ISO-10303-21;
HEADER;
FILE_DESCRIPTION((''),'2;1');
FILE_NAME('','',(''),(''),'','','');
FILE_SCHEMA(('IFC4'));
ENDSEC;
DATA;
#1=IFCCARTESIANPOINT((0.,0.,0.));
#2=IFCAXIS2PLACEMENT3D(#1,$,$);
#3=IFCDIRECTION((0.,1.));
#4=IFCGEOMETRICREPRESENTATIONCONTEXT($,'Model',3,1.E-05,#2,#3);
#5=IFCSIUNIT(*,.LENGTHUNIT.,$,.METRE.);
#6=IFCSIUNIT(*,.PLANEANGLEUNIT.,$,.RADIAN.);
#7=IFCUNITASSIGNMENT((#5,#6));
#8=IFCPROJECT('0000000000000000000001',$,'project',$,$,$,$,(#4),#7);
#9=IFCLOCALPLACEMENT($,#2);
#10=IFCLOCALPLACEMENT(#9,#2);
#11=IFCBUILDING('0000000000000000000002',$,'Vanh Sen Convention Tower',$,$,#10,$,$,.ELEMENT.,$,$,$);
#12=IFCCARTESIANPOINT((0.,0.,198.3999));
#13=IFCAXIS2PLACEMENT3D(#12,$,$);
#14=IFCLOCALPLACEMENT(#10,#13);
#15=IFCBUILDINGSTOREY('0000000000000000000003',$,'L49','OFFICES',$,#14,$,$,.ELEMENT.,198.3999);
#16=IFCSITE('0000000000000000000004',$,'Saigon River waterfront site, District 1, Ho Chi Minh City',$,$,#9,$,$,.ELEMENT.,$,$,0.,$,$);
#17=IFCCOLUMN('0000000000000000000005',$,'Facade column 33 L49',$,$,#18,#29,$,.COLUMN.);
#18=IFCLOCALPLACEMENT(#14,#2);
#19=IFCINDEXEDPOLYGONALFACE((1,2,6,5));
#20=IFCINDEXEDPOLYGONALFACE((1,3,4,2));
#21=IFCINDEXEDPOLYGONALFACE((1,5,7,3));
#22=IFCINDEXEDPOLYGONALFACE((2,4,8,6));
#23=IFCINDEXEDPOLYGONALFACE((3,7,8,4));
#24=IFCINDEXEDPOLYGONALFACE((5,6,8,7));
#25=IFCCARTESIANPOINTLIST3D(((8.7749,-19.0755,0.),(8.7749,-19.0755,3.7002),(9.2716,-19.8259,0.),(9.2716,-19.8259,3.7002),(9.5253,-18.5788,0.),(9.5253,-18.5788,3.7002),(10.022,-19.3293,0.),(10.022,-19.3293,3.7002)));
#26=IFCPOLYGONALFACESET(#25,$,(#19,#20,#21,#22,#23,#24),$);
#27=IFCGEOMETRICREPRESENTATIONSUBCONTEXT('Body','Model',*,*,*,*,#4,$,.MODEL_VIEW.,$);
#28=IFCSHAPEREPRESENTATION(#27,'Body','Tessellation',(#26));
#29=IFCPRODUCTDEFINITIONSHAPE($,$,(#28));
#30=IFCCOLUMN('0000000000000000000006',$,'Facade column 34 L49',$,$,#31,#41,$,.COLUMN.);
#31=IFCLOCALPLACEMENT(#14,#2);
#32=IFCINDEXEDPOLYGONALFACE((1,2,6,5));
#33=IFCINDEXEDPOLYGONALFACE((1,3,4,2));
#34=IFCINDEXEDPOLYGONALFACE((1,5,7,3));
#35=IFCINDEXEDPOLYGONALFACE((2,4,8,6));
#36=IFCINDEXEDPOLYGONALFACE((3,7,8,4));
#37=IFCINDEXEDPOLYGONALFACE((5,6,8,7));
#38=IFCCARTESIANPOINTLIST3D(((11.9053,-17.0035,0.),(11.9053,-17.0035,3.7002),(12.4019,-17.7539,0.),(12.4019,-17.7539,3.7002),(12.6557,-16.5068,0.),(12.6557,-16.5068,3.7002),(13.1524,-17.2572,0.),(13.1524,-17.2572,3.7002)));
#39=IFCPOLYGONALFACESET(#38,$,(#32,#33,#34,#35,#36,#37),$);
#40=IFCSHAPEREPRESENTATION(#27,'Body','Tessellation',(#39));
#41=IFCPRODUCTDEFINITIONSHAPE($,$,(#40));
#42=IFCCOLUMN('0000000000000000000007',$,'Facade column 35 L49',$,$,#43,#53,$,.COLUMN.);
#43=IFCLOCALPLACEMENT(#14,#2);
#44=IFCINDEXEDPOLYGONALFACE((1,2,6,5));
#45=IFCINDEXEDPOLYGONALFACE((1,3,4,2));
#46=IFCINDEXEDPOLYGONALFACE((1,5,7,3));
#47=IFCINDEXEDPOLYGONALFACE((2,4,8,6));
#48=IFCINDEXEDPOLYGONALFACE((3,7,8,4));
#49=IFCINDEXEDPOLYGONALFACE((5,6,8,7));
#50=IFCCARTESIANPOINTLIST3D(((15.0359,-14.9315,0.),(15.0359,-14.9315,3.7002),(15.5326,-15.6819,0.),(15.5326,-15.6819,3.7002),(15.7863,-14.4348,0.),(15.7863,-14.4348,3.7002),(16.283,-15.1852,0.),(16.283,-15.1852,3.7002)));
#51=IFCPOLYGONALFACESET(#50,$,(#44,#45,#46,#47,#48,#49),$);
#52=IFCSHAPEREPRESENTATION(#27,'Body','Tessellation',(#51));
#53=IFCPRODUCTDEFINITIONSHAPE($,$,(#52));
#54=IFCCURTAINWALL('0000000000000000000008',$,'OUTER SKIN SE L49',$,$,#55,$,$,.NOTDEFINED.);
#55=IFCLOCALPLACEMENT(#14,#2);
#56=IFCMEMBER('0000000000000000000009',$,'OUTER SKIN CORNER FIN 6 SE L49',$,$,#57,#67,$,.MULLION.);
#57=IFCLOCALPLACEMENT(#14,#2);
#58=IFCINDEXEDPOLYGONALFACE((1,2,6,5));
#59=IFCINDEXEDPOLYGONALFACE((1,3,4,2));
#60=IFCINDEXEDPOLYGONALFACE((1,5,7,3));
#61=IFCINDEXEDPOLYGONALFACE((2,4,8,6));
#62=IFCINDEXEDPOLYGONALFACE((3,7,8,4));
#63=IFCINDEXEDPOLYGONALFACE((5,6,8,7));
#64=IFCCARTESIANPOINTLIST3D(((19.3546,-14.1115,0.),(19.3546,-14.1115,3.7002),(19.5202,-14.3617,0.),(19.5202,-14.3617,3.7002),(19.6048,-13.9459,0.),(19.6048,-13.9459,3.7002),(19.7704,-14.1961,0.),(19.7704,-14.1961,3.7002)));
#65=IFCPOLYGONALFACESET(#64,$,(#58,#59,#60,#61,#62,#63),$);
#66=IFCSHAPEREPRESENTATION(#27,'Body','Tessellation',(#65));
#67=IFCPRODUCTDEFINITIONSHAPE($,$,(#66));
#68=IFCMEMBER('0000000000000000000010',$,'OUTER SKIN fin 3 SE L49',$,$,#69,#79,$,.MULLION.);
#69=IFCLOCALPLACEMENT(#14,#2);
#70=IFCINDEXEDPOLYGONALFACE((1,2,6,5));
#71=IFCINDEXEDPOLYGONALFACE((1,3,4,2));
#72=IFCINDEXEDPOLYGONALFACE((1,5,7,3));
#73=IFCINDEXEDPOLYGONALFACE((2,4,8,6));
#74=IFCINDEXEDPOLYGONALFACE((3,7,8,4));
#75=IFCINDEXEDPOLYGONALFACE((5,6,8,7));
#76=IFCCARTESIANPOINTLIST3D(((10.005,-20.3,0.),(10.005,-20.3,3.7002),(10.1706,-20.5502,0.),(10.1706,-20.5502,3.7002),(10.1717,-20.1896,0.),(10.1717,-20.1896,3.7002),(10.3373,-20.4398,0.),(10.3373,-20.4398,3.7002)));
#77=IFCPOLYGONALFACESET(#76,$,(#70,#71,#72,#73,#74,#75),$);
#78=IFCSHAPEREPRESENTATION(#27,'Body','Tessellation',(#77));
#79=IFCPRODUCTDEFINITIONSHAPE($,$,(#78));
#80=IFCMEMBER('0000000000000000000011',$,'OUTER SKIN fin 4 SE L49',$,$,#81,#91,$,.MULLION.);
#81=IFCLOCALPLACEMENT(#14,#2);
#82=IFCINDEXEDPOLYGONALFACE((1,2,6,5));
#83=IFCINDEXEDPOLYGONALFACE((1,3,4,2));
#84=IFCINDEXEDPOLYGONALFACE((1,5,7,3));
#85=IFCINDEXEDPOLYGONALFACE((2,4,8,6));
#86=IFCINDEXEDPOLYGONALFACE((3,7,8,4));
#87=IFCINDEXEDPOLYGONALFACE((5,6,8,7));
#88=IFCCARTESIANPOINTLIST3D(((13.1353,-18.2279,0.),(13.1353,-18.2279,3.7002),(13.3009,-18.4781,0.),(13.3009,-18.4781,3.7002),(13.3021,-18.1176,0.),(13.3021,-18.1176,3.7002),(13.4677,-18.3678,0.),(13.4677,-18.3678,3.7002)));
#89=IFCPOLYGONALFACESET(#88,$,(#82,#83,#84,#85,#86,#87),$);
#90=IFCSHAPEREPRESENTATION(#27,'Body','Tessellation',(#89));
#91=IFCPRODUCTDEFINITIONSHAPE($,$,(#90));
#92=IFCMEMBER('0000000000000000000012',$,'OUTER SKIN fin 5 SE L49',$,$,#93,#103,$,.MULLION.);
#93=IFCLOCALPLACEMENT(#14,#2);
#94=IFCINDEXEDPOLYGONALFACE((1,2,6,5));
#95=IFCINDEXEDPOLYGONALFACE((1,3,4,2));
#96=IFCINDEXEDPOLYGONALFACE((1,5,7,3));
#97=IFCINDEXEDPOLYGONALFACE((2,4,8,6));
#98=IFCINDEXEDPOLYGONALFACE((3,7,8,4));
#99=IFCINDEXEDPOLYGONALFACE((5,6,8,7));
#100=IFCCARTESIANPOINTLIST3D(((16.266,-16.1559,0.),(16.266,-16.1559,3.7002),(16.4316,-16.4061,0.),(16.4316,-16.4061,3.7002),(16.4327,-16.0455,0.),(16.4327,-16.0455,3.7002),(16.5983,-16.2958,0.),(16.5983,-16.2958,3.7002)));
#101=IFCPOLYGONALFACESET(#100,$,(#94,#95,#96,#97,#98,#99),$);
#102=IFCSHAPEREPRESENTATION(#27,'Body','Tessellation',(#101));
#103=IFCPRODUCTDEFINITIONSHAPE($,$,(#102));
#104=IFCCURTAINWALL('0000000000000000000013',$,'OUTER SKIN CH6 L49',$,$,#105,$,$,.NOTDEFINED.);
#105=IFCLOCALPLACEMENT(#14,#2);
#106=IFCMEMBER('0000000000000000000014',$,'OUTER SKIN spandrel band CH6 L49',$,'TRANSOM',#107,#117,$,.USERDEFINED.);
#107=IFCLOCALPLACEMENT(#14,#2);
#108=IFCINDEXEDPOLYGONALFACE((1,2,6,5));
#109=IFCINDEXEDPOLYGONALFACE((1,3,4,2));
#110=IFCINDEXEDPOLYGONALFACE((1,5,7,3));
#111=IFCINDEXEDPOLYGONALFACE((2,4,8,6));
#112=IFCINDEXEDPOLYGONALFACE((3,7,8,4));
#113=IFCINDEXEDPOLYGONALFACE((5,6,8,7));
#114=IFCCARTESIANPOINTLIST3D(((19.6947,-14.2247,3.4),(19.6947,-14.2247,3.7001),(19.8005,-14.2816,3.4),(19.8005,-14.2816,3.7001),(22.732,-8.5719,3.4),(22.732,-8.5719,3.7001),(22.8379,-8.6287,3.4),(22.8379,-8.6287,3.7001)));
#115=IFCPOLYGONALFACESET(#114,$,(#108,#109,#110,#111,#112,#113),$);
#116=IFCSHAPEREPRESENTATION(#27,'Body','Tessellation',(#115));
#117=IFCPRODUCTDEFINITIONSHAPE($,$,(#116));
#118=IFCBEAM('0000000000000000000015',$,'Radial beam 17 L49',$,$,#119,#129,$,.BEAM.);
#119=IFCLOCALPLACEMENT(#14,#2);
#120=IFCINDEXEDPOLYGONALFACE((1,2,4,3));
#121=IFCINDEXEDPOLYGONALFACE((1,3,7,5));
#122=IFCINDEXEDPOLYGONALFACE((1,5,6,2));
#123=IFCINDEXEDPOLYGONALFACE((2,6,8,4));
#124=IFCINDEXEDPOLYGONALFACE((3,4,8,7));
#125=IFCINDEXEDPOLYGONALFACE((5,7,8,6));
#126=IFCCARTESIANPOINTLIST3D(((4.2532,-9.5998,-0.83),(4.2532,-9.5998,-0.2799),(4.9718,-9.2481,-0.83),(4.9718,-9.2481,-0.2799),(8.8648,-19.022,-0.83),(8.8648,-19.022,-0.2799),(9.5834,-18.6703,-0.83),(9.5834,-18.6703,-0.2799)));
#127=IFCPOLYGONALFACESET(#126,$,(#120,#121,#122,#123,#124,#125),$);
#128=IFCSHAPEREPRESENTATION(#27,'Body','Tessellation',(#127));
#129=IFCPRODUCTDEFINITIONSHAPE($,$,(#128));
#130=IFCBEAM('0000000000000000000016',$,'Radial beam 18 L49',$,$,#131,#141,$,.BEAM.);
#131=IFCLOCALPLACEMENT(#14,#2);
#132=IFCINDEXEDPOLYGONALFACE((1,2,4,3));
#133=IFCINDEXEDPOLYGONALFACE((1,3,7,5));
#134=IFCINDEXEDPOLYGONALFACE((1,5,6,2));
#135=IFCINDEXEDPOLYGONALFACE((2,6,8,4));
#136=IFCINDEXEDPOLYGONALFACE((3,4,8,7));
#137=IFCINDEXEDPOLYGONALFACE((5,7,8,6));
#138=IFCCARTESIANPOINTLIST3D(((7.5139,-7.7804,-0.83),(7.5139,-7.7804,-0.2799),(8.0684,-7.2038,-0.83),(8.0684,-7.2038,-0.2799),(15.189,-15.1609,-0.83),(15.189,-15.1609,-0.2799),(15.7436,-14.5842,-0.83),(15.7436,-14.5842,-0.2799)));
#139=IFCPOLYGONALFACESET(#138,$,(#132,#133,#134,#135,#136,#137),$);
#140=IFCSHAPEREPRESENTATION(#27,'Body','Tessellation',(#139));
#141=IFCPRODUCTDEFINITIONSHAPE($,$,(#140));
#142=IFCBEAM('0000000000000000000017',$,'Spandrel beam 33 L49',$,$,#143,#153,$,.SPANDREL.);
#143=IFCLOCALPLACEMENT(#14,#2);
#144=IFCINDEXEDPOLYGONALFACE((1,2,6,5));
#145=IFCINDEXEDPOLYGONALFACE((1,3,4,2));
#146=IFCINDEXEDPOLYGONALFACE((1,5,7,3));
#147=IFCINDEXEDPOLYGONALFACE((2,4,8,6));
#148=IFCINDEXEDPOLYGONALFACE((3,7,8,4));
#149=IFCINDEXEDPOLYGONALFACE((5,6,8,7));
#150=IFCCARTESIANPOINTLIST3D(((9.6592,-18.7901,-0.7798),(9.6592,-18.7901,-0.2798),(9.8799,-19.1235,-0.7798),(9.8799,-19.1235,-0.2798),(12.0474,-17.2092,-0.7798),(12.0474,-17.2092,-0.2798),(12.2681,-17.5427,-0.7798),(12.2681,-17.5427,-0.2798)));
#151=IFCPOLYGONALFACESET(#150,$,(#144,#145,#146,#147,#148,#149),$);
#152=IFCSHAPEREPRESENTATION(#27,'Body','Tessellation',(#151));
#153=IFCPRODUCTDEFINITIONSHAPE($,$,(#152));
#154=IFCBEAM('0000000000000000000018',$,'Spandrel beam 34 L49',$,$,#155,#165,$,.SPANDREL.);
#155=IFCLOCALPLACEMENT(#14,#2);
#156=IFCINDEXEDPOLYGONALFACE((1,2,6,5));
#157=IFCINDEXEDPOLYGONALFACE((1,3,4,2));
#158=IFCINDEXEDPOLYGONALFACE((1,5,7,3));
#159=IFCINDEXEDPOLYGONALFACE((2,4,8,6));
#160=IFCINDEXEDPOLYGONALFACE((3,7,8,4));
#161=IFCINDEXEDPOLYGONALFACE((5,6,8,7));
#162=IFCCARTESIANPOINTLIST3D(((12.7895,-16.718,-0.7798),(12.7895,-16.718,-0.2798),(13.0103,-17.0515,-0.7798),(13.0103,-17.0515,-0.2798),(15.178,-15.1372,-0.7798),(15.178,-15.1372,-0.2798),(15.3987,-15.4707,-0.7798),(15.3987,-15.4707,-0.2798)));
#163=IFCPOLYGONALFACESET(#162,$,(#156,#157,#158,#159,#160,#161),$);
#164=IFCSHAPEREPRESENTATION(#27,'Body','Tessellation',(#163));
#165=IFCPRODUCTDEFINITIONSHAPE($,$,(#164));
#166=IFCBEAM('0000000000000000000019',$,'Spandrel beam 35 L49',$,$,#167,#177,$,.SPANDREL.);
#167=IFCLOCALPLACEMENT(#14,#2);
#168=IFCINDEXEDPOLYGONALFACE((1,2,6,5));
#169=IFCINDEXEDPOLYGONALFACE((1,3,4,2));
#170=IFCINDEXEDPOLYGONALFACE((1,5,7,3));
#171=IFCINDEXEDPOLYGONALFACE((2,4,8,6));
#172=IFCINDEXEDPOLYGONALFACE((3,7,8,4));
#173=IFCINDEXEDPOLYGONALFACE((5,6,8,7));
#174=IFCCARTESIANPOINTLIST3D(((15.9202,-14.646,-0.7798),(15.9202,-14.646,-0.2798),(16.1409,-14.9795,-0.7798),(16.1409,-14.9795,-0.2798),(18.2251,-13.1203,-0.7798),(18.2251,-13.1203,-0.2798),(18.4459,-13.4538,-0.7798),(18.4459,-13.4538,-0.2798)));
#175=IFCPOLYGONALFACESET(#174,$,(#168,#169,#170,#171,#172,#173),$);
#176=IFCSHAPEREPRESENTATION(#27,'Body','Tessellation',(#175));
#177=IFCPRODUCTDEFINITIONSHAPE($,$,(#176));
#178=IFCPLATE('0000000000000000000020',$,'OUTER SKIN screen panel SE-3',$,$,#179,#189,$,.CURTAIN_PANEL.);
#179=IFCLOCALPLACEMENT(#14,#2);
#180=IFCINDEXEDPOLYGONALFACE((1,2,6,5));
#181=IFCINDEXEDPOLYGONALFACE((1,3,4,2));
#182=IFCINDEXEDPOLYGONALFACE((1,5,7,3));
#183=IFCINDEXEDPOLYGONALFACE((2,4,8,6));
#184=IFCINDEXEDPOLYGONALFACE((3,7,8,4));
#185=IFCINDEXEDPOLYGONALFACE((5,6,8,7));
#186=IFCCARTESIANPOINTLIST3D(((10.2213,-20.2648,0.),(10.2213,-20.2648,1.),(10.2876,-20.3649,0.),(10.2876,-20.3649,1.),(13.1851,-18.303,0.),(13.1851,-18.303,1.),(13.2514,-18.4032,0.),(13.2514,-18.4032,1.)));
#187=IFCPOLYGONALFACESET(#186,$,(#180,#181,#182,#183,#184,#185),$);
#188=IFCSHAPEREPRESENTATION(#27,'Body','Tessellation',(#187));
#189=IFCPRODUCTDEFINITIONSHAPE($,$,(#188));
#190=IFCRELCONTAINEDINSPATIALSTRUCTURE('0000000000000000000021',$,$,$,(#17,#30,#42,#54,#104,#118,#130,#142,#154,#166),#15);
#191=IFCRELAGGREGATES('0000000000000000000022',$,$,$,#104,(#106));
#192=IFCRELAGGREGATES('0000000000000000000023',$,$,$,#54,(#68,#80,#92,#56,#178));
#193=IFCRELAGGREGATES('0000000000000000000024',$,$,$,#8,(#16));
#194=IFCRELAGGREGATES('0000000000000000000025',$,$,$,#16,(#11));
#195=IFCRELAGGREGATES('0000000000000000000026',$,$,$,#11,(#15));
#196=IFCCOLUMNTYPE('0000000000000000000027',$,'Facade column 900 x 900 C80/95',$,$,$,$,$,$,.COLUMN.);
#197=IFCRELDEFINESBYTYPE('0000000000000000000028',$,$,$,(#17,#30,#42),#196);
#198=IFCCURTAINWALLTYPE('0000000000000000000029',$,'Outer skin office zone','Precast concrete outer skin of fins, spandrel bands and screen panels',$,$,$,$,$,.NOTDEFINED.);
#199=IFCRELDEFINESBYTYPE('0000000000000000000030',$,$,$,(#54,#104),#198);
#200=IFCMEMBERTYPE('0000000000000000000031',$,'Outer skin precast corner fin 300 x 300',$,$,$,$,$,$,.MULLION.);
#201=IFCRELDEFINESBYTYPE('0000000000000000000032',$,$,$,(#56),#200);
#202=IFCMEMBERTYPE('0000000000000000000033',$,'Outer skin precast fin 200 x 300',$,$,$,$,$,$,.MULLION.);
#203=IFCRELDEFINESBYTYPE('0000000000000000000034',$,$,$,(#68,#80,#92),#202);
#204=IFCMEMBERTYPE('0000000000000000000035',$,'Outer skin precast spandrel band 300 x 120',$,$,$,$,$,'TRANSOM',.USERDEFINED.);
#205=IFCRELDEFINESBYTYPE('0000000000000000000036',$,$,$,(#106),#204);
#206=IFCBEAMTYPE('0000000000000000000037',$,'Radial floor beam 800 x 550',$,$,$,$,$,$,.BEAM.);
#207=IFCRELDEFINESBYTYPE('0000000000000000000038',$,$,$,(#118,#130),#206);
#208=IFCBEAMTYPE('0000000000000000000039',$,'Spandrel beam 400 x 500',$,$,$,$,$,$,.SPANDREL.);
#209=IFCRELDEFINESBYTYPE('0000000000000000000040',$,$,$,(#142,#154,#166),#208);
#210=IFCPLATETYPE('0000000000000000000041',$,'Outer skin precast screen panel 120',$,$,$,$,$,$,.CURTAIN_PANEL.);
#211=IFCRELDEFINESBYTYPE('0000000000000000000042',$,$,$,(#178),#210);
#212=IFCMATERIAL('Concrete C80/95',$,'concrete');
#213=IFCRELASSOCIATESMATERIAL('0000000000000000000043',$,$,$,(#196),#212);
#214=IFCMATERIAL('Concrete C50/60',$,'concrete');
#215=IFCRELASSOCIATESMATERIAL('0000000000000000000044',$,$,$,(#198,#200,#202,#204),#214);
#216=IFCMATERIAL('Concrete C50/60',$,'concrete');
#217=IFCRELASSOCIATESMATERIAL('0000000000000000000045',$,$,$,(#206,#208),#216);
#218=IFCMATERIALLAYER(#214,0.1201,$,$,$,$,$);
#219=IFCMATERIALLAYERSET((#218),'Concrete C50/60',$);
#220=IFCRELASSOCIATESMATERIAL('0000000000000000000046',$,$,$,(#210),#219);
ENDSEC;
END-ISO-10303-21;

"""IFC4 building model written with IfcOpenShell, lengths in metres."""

from ifc_helpers import new_model, si_unit, direction, frame, origin, origin_2d, place, context, subcontext, project, spatial, rectangle, extrude, material, layer, layer_set, material_profile, profile_set, type_object, element, aggregate, save


model = new_model("IFC4")

# Units and contexts
model_context = context("Model", 3, precision=1e-05, world=origin(), true_north=direction((0.0, 1.0)))
body_context = subcontext(model_context, "Body", "Model", "MODEL_VIEW")
ifc_project = project(units=[si_unit("LENGTHUNIT", "METRE"), si_unit("PLANEANGLEUNIT", "RADIAN")], contexts=[model_context])

# Site, building, storey
site_placement = place(None, origin())
site = spatial("IfcSite", under=ifc_project, at=site_placement, Name="Saigon River waterfront site, District 1, Ho Chi Minh City", CompositionType="ELEMENT", RefElevation=0.0)
building_placement = place(site_placement, origin())
building = spatial("IfcBuilding", under=site, at=building_placement, Name="Vanh Sen Convention Tower", CompositionType="ELEMENT")
storey_placement = place(building_placement, frame((0.0, 0.0, 198.3999)))
storey = spatial("IfcBuildingStorey", under=building, at=storey_placement, Name="L49", Description="OFFICES", CompositionType="ELEMENT", Elevation=198.3999)

# Columns
ifc_material_1 = material(Name="Concrete C80/95", Category="concrete")
ifc_material_profile_1 = material_profile(ifc_material_1, rectangle(XDim=0.8999, YDim=0.8999, at=origin_2d()), Name="RC 900X900")
ifc_profile_set_1 = profile_set([ifc_material_profile_1], Name="Concrete C80/95")
column_type = type_object("IfcColumnType", Name="Facade column 900 x 900 C80/95", PredefinedType="COLUMN", material=ifc_profile_set_1)
for number, where, z_axis, x_axis, name in (
    (1, (9.3984, -19.2024, 0.0), (0.0, 0.0, 1.0), (0.833886, 0.551937, 0.0), "Facade column 33 L49"),
    (2, (12.5288, -17.1304, 0.0), (0.0, 0.0, 1.0), (0.833886, 0.551937, 0.0), "Facade column 34 L49"),
    (3, (15.6594, -15.0583, 0.0), (0.0, 0.0, 1.0), (0.833886, 0.551937, 0.0), "Facade column 35 L49"),
):
    element("IfcColumn", number, at=place(storey_placement, frame(where, z_axis=z_axis, x_axis=x_axis)), inside=storey, type_object=column_type, Name=name, PredefinedType="COLUMN", context=body_context, shape_type="SweptSolid", body=[
        extrude(rectangle(XDim=0.8999, YDim=0.8999, at=origin_2d()), origin(), (0.0, 0.0, 1.0), 3.7002),
    ])

# Curtain wall, members
ifc_material_2 = material(Name="Concrete C50/60", Category="concrete")
curtain_wall_type = type_object("IfcCurtainWallType", Name="Outer skin office zone", Description="Precast concrete outer skin of fins, spandrel bands and screen panels", PredefinedType="NOTDEFINED", material=ifc_material_2)
curtain_wall_1_placement = place(storey_placement, origin())
curtain_wall_1 = element("IfcCurtainWall", 4, at=curtain_wall_1_placement, inside=storey, type_object=curtain_wall_type, Name="OUTER SKIN SE L49", PredefinedType="NOTDEFINED")
ifc_material_profile_2 = material_profile(ifc_material_2, rectangle(XDim=0.3, YDim=0.3, at=origin_2d()), Name="Outer skin precast corner fin 300 x 300")
ifc_profile_set_2 = profile_set([ifc_material_profile_2], Name="Concrete C50/60")
member_type_1 = type_object("IfcMemberType", Name="Outer skin precast corner fin 300 x 300", PredefinedType="MULLION", material=ifc_profile_set_2)
member_1_placement = place(storey_placement, frame((19.5625, -14.1538, 0.0), z_axis=(0.0, 0.0, 1.0), x_axis=(0.833886, 0.551937, 0.0)))
member_1 = element("IfcMember", 5, at=member_1_placement, type_object=member_type_1, Name="OUTER SKIN CORNER FIN 6 SE L49", PredefinedType="MULLION", context=body_context, shape_type="SweptSolid", body=[
    extrude(rectangle(XDim=0.3, YDim=0.3, at=origin_2d()), origin(), (0.0, 0.0, 1.0), 3.7002),
])
ifc_material_profile_3 = material_profile(ifc_material_2, rectangle(XDim=0.2, YDim=0.3, at=origin_2d()), Name="Outer skin precast fin 200 x 300")
ifc_profile_set_3 = profile_set([ifc_material_profile_3], Name="Concrete C50/60")
member_type_2 = type_object("IfcMemberType", Name="Outer skin precast fin 200 x 300", PredefinedType="MULLION", material=ifc_profile_set_3)
member_2_placement = place(storey_placement, frame((10.1711, -20.3699, 0.0), z_axis=(0.0, 0.0, 1.0), x_axis=(0.833886, 0.551937, 0.0)))
member_2 = element("IfcMember", 6, at=member_2_placement, type_object=member_type_2, Name="OUTER SKIN fin 3 SE L49", PredefinedType="MULLION", context=body_context, shape_type="SweptSolid", body=[
    extrude(rectangle(XDim=0.2, YDim=0.3, at=origin_2d()), origin(), (0.0, 0.0, 1.0), 3.7002),
])
member_3_placement = place(storey_placement, frame((13.3015, -18.2979, 0.0), z_axis=(0.0, 0.0, 1.0), x_axis=(0.833886, 0.551937, 0.0)))
member_3 = element("IfcMember", 7, at=member_3_placement, type_object=member_type_2, Name="OUTER SKIN fin 4 SE L49", PredefinedType="MULLION", context=body_context, shape_type="SweptSolid", body=[
    extrude(rectangle(XDim=0.2, YDim=0.3, at=origin_2d()), origin(), (0.0, 0.0, 1.0), 3.7002),
])
member_4_placement = place(storey_placement, frame((16.4321, -16.2258, 0.0), z_axis=(0.0, 0.0, 1.0), x_axis=(0.833886, 0.551937, 0.0)))
member_4 = element("IfcMember", 8, at=member_4_placement, type_object=member_type_2, Name="OUTER SKIN fin 5 SE L49", PredefinedType="MULLION", context=body_context, shape_type="SweptSolid", body=[
    extrude(rectangle(XDim=0.2, YDim=0.3, at=origin_2d()), origin(), (0.0, 0.0, 1.0), 3.7002),
])

# Curtain wall, member
curtain_wall_2_placement = place(storey_placement, origin())
curtain_wall_2 = element("IfcCurtainWall", 9, at=curtain_wall_2_placement, inside=storey, type_object=curtain_wall_type, Name="OUTER SKIN CH6 L49", PredefinedType="NOTDEFINED")
ifc_material_profile_4 = material_profile(ifc_material_2, rectangle(XDim=0.1201, YDim=0.3, at=origin_2d()), Name="Outer skin precast spandrel band 300 x 120")
ifc_profile_set_4 = profile_set([ifc_material_profile_4], Name="Concrete C50/60")
member_type_3 = type_object("IfcMemberType", Name="Outer skin precast spandrel band 300 x 120", ElementType="TRANSOM", PredefinedType="USERDEFINED", material=ifc_profile_set_4)
member_5_placement = place(storey_placement, frame((19.7476, -14.2532, 3.55), z_axis=(0.473317, 0.880892, 0.0), x_axis=(-0.880892, 0.473317, 0.0)))
member_5 = element("IfcMember", 10, at=member_5_placement, type_object=member_type_3, Name="OUTER SKIN spandrel band CH6 L49", ObjectType="TRANSOM", PredefinedType="USERDEFINED", context=body_context, shape_type="SweptSolid", body=[
    extrude(rectangle(XDim=0.1201, YDim=0.3, at=origin_2d()), origin(), (0.0, 0.0, 1.0), 6.4172),
])
aggregate(curtain_wall_2, [member_5])

# Beams
ifc_material_3 = material(Name="Concrete C50/60", Category="concrete")
ifc_material_profile_5 = material_profile(ifc_material_3, rectangle(XDim=0.8, YDim=0.55, at=origin_2d()), Name="RC 800X550")
ifc_profile_set_5 = profile_set([ifc_material_profile_5], Name="Concrete C50/60")
beam_type_1 = type_object("IfcBeamType", Name="Radial floor beam 800 x 550", PredefinedType="BEAM", material=ifc_profile_set_5)
beam_1_placement = place(storey_placement, frame((9.2241, -18.8462, -0.5549), z_axis=(-0.43961, 0.898189, 0.0), x_axis=(-0.898189, -0.43961, 0.0)))
element("IfcBeam", 11, at=beam_1_placement, inside=storey, type_object=beam_type_1, Name="Radial beam 17 L49", PredefinedType="BEAM", context=body_context, shape_type="SweptSolid", body=[
    extrude(rectangle(XDim=0.8, YDim=0.55, at=origin_2d()), origin(), (0.0, 0.0, 1.0), 10.4902),
])
beam_2_placement = place(storey_placement, frame((15.4663, -14.8726, -0.5549), z_axis=(-0.720809, 0.693134, 0.0), x_axis=(-0.693134, -0.720809, 0.0)))
element("IfcBeam", 12, at=beam_2_placement, inside=storey, type_object=beam_type_1, Name="Radial beam 18 L49", PredefinedType="BEAM", context=body_context, shape_type="SweptSolid", body=[
    extrude(rectangle(XDim=0.8, YDim=0.55, at=origin_2d()), origin(), (0.0, 0.0, 1.0), 10.6479),
])
ifc_material_profile_6 = material_profile(ifc_material_3, rectangle(XDim=0.3999, YDim=0.5, at=origin_2d()), Name="RC 400X500")
ifc_profile_set_6 = profile_set([ifc_material_profile_6], Name="Concrete C50/60")
beam_type_2 = type_object("IfcBeamType", Name="Spandrel beam 400 x 500", PredefinedType="SPANDREL", material=ifc_profile_set_6)
beam_3_placement = place(storey_placement, frame((9.7695, -18.9568, -0.5298), z_axis=(0.833869, 0.551963, 0.0), x_axis=(-0.551963, 0.833869, 0.0)))
element("IfcBeam", 13, at=beam_3_placement, inside=storey, type_object=beam_type_2, Name="Spandrel beam 33 L49", PredefinedType="SPANDREL", context=body_context, shape_type="SweptSolid", body=[
    extrude(rectangle(XDim=0.3999, YDim=0.5, at=origin_2d()), origin(), (0.0, 0.0, 1.0), 2.864),
])
beam_4_placement = place(storey_placement, frame((12.8999, -16.8848, -0.5298), z_axis=(0.833895, 0.551924, 0.0), x_axis=(-0.551924, 0.833895, 0.0)))
element("IfcBeam", 14, at=beam_4_placement, inside=storey, type_object=beam_type_2, Name="Spandrel beam 34 L49", PredefinedType="SPANDREL", context=body_context, shape_type="SweptSolid", body=[
    extrude(rectangle(XDim=0.3999, YDim=0.5, at=origin_2d()), origin(), (0.0, 0.0, 1.0), 2.8643),
])
beam_5_placement = place(storey_placement, frame((16.0305, -14.8127, -0.5298), z_axis=(0.83388, 0.551945, 0.0), x_axis=(-0.551945, 0.83388, 0.0)))
element("IfcBeam", 15, at=beam_5_placement, inside=storey, type_object=beam_type_2, Name="Spandrel beam 35 L49", PredefinedType="SPANDREL", context=body_context, shape_type="SweptSolid", body=[
    extrude(rectangle(XDim=0.3999, YDim=0.5, at=origin_2d()), origin(), (0.0, 0.0, 1.0), 2.7642),
])

# Plate
ifc_layer_1 = layer(ifc_material_2, 0.1201)
ifc_layer_set_1 = layer_set([ifc_layer_1], Name="Concrete C50/60")
plate_type = type_object("IfcPlateType", Name="Outer skin precast screen panel 120", PredefinedType="CURTAIN_PANEL", material=ifc_layer_set_1)
plate_1_placement = place(storey_placement, frame((11.7363, -19.334, 0.0), z_axis=(0.0, 0.0, 1.0), x_axis=(0.833877, 0.55195, 0.0)))
plate_1 = element("IfcPlate", 16, at=plate_1_placement, type_object=plate_type, Name="OUTER SKIN screen panel SE-3", PredefinedType="CURTAIN_PANEL", context=body_context, shape_type="SweptSolid", body=[
    extrude(rectangle(XDim=3.5542, YDim=0.1201, at=origin_2d()), origin(), (0.0, 0.0, 1.0), 1.0),
])
aggregate(curtain_wall_1, [member_2, member_3, member_4, member_1, plate_1])

save(model, "model.ifc")
